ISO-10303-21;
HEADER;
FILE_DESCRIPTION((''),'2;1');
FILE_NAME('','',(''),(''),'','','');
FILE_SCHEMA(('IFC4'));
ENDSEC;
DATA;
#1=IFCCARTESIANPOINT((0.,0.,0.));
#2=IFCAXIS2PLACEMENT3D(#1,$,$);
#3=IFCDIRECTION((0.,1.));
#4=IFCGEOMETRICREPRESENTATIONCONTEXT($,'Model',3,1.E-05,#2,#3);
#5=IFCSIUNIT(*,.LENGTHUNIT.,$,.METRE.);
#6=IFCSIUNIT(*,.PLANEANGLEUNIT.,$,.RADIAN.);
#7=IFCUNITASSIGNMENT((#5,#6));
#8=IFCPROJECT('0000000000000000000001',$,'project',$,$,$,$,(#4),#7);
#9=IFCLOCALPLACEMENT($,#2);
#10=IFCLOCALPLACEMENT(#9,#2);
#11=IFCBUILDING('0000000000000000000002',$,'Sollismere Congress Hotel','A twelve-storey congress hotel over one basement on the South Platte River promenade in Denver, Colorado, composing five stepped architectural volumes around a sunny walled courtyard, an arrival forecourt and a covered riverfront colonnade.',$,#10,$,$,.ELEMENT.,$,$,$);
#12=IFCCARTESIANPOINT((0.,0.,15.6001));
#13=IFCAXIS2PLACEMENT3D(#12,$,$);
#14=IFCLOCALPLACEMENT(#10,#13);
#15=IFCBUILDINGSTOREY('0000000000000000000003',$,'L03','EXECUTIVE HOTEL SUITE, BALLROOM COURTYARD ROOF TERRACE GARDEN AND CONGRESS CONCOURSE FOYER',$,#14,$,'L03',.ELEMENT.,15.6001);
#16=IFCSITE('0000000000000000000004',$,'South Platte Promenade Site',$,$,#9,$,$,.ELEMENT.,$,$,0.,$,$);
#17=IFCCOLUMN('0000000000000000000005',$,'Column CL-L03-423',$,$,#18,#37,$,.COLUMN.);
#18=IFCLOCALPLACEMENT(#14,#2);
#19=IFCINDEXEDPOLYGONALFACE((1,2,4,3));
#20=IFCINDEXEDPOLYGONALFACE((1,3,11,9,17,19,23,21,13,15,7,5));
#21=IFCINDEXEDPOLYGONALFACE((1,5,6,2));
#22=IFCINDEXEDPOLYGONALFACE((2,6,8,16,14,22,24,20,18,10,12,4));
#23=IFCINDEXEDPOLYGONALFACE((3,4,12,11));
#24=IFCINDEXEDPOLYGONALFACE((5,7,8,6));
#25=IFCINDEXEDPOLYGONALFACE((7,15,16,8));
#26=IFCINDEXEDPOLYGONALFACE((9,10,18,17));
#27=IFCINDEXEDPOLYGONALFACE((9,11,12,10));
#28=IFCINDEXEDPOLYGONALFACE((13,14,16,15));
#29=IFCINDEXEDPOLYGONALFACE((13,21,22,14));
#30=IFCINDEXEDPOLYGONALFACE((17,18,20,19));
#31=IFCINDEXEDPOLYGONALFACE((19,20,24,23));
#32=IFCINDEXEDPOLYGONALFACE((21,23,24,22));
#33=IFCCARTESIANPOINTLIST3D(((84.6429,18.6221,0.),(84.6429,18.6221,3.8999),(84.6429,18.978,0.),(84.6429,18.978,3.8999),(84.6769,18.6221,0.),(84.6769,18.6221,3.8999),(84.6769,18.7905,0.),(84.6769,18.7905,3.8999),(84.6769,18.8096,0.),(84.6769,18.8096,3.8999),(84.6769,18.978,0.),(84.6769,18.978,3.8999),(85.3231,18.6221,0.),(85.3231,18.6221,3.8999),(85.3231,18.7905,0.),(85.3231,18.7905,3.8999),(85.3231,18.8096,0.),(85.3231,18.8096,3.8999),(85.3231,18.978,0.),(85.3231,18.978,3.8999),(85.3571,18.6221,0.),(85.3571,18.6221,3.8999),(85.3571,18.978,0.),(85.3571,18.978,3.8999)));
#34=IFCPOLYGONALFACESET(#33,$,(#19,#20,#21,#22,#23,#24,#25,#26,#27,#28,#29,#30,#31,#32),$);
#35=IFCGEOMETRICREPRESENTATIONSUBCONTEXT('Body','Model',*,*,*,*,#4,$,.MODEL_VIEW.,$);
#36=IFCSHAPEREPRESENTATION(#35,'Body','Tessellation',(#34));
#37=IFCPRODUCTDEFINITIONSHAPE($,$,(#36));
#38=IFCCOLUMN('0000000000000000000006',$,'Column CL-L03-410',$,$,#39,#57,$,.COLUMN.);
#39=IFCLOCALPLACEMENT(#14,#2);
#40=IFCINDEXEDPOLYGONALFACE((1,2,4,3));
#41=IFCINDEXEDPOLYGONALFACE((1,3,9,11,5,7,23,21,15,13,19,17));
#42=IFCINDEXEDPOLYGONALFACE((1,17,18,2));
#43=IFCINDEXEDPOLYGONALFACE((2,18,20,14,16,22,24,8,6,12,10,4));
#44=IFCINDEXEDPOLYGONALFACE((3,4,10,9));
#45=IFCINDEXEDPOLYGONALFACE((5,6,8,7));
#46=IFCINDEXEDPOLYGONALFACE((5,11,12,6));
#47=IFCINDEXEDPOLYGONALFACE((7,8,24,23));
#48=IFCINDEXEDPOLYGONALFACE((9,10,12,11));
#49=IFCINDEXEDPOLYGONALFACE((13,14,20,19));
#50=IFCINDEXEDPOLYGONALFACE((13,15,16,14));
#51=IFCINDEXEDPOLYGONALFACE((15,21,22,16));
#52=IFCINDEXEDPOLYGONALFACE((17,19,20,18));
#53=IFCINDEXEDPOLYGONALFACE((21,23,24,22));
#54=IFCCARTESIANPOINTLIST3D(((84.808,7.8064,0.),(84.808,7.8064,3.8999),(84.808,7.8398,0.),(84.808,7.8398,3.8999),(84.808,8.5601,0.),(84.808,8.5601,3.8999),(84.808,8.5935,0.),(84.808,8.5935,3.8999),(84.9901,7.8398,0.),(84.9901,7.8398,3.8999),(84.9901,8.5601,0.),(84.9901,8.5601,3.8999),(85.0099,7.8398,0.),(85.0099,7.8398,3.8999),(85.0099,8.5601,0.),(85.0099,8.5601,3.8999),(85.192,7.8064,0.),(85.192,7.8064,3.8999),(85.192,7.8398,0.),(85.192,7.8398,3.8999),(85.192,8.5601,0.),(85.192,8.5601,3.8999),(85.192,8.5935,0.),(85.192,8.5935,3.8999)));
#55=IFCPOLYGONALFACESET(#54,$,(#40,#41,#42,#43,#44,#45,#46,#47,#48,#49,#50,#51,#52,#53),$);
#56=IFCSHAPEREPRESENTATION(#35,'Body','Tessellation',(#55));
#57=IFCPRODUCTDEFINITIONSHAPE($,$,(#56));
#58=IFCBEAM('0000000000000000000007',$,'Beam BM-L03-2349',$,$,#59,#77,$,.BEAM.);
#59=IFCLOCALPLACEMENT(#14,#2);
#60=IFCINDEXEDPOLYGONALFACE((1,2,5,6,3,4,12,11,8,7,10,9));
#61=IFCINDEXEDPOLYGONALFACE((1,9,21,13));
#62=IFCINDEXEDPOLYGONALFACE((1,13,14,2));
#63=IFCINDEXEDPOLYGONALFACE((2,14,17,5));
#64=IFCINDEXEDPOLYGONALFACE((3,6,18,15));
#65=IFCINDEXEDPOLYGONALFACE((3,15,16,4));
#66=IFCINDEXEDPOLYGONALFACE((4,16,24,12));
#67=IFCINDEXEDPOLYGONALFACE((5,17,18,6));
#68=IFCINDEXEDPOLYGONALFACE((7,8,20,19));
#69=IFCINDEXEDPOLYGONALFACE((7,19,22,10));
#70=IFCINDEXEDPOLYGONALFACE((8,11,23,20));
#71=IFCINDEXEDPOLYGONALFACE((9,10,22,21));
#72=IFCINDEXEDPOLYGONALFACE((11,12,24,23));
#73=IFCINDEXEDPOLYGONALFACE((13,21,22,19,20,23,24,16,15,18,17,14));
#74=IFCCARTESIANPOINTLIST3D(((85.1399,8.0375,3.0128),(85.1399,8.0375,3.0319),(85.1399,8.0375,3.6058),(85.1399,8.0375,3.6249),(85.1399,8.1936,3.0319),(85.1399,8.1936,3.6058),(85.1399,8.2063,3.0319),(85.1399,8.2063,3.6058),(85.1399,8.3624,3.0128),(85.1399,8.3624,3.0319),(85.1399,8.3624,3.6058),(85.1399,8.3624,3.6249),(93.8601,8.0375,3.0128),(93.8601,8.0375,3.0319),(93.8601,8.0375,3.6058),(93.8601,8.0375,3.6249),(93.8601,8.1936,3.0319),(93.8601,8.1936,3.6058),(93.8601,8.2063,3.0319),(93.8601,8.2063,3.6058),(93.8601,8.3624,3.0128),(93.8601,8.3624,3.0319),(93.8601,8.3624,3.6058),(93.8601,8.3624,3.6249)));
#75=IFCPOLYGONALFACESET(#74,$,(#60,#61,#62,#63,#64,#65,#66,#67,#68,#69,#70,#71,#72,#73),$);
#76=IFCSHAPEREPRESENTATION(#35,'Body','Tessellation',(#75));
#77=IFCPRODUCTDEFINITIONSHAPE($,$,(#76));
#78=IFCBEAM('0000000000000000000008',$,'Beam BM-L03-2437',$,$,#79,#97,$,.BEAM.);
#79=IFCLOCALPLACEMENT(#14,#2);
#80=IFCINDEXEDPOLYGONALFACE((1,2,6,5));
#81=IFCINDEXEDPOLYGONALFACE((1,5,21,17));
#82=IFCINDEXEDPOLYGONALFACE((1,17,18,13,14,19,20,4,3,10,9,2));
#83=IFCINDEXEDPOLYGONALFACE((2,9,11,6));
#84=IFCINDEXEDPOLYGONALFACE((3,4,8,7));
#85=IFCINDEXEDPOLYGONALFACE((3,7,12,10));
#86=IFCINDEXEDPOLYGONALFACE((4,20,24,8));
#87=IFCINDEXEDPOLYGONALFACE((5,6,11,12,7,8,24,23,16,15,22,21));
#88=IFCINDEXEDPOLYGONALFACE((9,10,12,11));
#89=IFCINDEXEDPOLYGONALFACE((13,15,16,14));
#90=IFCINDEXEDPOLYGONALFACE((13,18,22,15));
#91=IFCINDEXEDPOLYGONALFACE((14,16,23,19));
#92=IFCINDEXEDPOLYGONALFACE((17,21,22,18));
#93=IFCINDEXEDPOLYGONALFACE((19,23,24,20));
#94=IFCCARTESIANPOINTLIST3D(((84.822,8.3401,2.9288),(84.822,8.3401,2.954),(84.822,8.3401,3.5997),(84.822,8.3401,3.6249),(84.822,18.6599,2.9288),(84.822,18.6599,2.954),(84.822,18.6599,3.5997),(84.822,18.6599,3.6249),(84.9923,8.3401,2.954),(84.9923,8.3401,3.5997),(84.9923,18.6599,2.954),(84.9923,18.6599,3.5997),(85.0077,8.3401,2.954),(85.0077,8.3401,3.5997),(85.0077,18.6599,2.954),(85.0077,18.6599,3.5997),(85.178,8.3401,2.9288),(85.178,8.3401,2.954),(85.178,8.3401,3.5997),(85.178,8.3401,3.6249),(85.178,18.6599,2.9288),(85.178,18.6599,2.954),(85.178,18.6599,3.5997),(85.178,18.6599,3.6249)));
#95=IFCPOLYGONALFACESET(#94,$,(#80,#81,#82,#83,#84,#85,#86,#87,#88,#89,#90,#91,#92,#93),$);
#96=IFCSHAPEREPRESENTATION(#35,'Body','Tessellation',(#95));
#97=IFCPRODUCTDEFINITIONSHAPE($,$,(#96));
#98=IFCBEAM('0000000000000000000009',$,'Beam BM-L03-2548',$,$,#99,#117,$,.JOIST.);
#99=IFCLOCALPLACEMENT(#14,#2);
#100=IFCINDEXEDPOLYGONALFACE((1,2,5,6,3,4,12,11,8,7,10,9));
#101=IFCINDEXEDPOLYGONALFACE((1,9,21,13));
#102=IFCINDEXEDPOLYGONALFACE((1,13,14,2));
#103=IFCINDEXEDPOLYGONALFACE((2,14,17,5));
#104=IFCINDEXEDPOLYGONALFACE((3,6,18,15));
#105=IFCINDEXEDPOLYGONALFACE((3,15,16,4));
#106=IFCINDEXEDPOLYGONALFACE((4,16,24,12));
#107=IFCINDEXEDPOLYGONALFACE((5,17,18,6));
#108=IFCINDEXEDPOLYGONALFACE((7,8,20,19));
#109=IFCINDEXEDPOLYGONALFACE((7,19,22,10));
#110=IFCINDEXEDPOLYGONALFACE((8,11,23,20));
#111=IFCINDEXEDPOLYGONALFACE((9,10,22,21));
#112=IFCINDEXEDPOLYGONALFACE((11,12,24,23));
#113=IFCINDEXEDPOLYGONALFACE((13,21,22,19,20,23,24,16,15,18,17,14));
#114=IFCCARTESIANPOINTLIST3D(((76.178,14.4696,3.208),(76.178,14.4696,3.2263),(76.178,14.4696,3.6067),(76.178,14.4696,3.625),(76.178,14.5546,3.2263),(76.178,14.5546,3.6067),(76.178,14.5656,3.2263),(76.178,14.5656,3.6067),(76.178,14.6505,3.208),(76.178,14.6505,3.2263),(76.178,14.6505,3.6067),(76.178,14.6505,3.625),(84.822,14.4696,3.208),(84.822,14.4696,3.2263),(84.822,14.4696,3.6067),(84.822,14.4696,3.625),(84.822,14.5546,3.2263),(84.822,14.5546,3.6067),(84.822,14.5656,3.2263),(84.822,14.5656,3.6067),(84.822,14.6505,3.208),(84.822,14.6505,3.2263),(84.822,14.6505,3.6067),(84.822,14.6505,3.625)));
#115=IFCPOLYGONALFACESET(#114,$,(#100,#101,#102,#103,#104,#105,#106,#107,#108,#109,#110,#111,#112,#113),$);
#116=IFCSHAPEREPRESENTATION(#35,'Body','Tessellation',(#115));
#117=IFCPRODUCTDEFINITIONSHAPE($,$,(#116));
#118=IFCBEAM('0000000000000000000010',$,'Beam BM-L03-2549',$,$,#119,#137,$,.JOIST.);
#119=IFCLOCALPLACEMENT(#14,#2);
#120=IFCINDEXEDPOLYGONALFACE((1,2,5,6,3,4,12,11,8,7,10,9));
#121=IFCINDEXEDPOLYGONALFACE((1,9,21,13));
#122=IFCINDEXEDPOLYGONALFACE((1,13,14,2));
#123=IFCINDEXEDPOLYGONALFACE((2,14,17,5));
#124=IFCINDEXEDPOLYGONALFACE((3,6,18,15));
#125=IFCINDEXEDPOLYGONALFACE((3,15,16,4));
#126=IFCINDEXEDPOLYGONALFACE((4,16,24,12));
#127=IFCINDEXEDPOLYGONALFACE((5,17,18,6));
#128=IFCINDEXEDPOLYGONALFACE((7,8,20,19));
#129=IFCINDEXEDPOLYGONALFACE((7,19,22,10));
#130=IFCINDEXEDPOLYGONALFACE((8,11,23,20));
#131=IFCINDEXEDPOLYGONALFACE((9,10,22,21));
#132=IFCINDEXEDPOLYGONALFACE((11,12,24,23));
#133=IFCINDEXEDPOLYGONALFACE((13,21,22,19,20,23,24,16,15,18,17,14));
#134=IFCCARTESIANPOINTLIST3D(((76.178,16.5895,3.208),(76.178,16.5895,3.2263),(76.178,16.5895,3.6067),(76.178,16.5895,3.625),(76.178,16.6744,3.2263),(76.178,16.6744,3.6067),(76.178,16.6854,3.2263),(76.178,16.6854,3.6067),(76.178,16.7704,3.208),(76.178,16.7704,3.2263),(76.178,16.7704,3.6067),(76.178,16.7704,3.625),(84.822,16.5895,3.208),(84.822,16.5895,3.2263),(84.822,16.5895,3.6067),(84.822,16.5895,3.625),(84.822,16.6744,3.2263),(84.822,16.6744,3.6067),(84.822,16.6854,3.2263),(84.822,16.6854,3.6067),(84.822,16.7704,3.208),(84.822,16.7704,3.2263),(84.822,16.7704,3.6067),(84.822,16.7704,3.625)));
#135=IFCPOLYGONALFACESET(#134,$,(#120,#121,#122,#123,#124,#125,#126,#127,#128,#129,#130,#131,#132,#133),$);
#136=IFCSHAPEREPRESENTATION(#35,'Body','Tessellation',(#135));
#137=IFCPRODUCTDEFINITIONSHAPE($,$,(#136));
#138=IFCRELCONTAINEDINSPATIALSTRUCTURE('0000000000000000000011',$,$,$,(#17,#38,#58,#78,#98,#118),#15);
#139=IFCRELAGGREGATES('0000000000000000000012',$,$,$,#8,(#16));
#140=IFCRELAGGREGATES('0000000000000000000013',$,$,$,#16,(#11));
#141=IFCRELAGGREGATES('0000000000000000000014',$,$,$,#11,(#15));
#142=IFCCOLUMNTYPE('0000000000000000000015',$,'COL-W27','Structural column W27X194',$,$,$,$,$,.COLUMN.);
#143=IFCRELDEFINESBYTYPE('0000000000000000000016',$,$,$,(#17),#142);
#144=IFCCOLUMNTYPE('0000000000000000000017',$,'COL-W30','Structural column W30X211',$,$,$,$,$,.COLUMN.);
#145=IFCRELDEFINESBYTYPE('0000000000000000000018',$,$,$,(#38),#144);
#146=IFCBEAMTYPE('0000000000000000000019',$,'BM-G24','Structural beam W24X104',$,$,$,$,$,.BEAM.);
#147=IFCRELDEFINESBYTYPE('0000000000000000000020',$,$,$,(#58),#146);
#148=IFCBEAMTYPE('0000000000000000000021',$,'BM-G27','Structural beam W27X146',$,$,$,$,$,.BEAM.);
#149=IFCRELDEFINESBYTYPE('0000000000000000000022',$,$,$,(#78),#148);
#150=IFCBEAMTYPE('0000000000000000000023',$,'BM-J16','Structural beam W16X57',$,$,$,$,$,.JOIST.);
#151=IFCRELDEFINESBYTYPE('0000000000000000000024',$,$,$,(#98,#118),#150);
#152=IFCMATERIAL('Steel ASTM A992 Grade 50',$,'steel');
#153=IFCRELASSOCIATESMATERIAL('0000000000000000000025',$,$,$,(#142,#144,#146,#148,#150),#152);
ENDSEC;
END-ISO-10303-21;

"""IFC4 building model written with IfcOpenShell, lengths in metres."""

from ifc_helpers import new_model, si_unit, direction, frame, origin, origin_2d, place, context, subcontext, project, spatial, i_section, extrude, material, material_profile, profile_set, type_object, element, save


model = new_model("IFC4")

# Units and contexts
model_context = context("Model", 3, precision=1e-05, world=origin(), true_north=direction((0.0, 1.0)))
body_context = subcontext(model_context, "Body", "Model", "MODEL_VIEW")
ifc_project = project(units=[si_unit("LENGTHUNIT", "METRE"), si_unit("PLANEANGLEUNIT", "RADIAN")], contexts=[model_context])

# Site, building, storey
site_placement = place(None, origin())
site = spatial("IfcSite", under=ifc_project, at=site_placement, Name="South Platte Promenade Site", CompositionType="ELEMENT", RefElevation=0.0)
building_placement = place(site_placement, origin())
building = spatial("IfcBuilding", under=site, at=building_placement, Name="Sollismere Congress Hotel", Description="A twelve-storey congress hotel over one basement on the South Platte River promenade in Denver, Colorado, composing five stepped architectural volumes around a sunny walled courtyard, an arrival forecourt and a covered riverfront colonnade.", CompositionType="ELEMENT")
storey_placement = place(building_placement, frame((0.0, 0.0, 15.6001)))
storey = spatial("IfcBuildingStorey", under=building, at=storey_placement, Name="L03", Description="EXECUTIVE HOTEL SUITE, BALLROOM COURTYARD ROOF TERRACE GARDEN AND CONGRESS CONCOURSE FOYER", LongName="L03", CompositionType="ELEMENT", Elevation=15.6001)

# Columns
ifc_material_1 = material(Name="Steel ASTM A992 Grade 50", Category="steel")
ifc_material_profile_1 = material_profile(ifc_material_1, i_section(OverallWidth=0.356, OverallDepth=0.7141, WebThickness=0.019, FlangeThickness=0.0339, at=origin_2d()), Name="W27X194")
ifc_profile_set_1 = profile_set([ifc_material_profile_1], Name="Steel ASTM A992 Grade 50")
column_type_1 = type_object("IfcColumnType", Name="COL-W27", Description="Structural column W27X194", PredefinedType="COLUMN", material=ifc_profile_set_1)
column_1_placement = place(storey_placement, frame((85.0, 18.8, 0.0), z_axis=(0.0, 0.0, 1.0), x_axis=(0.0, 1.0, 0.0)))
element("IfcColumn", 1, at=column_1_placement, inside=storey, type_object=column_type_1, Name="Column CL-L03-423", PredefinedType="COLUMN", context=body_context, shape_type="SweptSolid", body=[
    extrude(i_section(OverallWidth=0.356, OverallDepth=0.7141, WebThickness=0.019, FlangeThickness=0.0339, at=origin_2d()), origin(), (0.0, 0.0, 1.0), 3.8999),
])
ifc_material_profile_2 = material_profile(ifc_material_1, i_section(OverallWidth=0.384, OverallDepth=0.7871, WebThickness=0.0198, FlangeThickness=0.0334, at=origin_2d()), Name="W30X211")
ifc_profile_set_2 = profile_set([ifc_material_profile_2], Name="Steel ASTM A992 Grade 50")
column_type_2 = type_object("IfcColumnType", Name="COL-W30", Description="Structural column W30X211", PredefinedType="COLUMN", material=ifc_profile_set_2)
column_2_placement = place(storey_placement, frame((85.0, 8.2, 0.0), z_axis=(0.0, 0.0, 1.0), x_axis=(1.0, 0.0, 0.0)))
element("IfcColumn", 2, at=column_2_placement, inside=storey, type_object=column_type_2, Name="Column CL-L03-410", PredefinedType="COLUMN", context=body_context, shape_type="SweptSolid", body=[
    extrude(i_section(OverallWidth=0.384, OverallDepth=0.7871, WebThickness=0.0198, FlangeThickness=0.0334, at=origin_2d()), origin(), (0.0, 0.0, 1.0), 3.8999),
])

# Beams
ifc_material_profile_3 = material_profile(ifc_material_1, i_section(OverallWidth=0.325, OverallDepth=0.6121, WebThickness=0.0127, FlangeThickness=0.019, at=origin_2d()), Name="W24X104")
ifc_profile_set_3 = profile_set([ifc_material_profile_3], Name="Steel ASTM A992 Grade 50")
beam_type_1 = type_object("IfcBeamType", Name="BM-G24", Description="Structural beam W24X104", PredefinedType="BEAM", material=ifc_profile_set_3)
beam_1_placement = place(storey_placement, frame((85.1399, 8.2, 3.3188), z_axis=(1.0, 0.0, 0.0), x_axis=(0.0, 1.0, 0.0)))
element("IfcBeam", 3, at=beam_1_placement, inside=storey, type_object=beam_type_1, Name="Beam BM-L03-2349", PredefinedType="BEAM", context=body_context, shape_type="SweptSolid", body=[
    extrude(i_section(OverallWidth=0.325, OverallDepth=0.6121, WebThickness=0.0127, FlangeThickness=0.019, at=origin_2d()), origin(), (0.0, 0.0, 1.0), 8.7202),
])
ifc_material_profile_4 = material_profile(ifc_material_1, i_section(OverallWidth=0.356, OverallDepth=0.696, WebThickness=0.0154, FlangeThickness=0.0251, at=origin_2d()), Name="W27X146")
ifc_profile_set_4 = profile_set([ifc_material_profile_4], Name="Steel ASTM A992 Grade 50")
beam_type_2 = type_object("IfcBeamType", Name="BM-G27", Description="Structural beam W27X146", PredefinedType="BEAM", material=ifc_profile_set_4)
beam_2_placement = place(storey_placement, frame((85.0, 8.3401, 3.2769), z_axis=(0.0, 1.0, 0.0), x_axis=(-1.0, 0.0, 0.0)))
element("IfcBeam", 4, at=beam_2_placement, inside=storey, type_object=beam_type_2, Name="Beam BM-L03-2437", PredefinedType="BEAM", context=body_context, shape_type="SweptSolid", body=[
    extrude(i_section(OverallWidth=0.356, OverallDepth=0.696, WebThickness=0.0154, FlangeThickness=0.0251, at=origin_2d()), origin(), (0.0, 0.0, 1.0), 10.3198),
])
ifc_material_profile_5 = material_profile(ifc_material_1, i_section(OverallWidth=0.1809, OverallDepth=0.417, WebThickness=0.011, FlangeThickness=0.0183, at=origin_2d()), Name="W16X57")
ifc_profile_set_5 = profile_set([ifc_material_profile_5], Name="Steel ASTM A992 Grade 50")
beam_type_3 = type_object("IfcBeamType", Name="BM-J16", Description="Structural beam W16X57", PredefinedType="JOIST", material=ifc_profile_set_5)
for number, where, z_axis, x_axis, name in (
    (5, (76.178, 14.5601, 3.4165), (1.0, 0.0, 0.0), (0.0, 1.0, 0.0), "Beam BM-L03-2548"),
    (6, (76.178, 16.6799, 3.4165), (1.0, 0.0, 0.0), (0.0, 1.0, 0.0), "Beam BM-L03-2549"),
):
    element("IfcBeam", number, at=place(storey_placement, frame(where, z_axis=z_axis, x_axis=x_axis)), inside=storey, type_object=beam_type_3, Name=name, PredefinedType="JOIST", context=body_context, shape_type="SweptSolid", body=[
        extrude(i_section(OverallWidth=0.1809, OverallDepth=0.417, WebThickness=0.011, FlangeThickness=0.0183, at=origin_2d()), origin(), (0.0, 0.0, 1.0), 8.644),
    ])

save(model, "model.ifc")
